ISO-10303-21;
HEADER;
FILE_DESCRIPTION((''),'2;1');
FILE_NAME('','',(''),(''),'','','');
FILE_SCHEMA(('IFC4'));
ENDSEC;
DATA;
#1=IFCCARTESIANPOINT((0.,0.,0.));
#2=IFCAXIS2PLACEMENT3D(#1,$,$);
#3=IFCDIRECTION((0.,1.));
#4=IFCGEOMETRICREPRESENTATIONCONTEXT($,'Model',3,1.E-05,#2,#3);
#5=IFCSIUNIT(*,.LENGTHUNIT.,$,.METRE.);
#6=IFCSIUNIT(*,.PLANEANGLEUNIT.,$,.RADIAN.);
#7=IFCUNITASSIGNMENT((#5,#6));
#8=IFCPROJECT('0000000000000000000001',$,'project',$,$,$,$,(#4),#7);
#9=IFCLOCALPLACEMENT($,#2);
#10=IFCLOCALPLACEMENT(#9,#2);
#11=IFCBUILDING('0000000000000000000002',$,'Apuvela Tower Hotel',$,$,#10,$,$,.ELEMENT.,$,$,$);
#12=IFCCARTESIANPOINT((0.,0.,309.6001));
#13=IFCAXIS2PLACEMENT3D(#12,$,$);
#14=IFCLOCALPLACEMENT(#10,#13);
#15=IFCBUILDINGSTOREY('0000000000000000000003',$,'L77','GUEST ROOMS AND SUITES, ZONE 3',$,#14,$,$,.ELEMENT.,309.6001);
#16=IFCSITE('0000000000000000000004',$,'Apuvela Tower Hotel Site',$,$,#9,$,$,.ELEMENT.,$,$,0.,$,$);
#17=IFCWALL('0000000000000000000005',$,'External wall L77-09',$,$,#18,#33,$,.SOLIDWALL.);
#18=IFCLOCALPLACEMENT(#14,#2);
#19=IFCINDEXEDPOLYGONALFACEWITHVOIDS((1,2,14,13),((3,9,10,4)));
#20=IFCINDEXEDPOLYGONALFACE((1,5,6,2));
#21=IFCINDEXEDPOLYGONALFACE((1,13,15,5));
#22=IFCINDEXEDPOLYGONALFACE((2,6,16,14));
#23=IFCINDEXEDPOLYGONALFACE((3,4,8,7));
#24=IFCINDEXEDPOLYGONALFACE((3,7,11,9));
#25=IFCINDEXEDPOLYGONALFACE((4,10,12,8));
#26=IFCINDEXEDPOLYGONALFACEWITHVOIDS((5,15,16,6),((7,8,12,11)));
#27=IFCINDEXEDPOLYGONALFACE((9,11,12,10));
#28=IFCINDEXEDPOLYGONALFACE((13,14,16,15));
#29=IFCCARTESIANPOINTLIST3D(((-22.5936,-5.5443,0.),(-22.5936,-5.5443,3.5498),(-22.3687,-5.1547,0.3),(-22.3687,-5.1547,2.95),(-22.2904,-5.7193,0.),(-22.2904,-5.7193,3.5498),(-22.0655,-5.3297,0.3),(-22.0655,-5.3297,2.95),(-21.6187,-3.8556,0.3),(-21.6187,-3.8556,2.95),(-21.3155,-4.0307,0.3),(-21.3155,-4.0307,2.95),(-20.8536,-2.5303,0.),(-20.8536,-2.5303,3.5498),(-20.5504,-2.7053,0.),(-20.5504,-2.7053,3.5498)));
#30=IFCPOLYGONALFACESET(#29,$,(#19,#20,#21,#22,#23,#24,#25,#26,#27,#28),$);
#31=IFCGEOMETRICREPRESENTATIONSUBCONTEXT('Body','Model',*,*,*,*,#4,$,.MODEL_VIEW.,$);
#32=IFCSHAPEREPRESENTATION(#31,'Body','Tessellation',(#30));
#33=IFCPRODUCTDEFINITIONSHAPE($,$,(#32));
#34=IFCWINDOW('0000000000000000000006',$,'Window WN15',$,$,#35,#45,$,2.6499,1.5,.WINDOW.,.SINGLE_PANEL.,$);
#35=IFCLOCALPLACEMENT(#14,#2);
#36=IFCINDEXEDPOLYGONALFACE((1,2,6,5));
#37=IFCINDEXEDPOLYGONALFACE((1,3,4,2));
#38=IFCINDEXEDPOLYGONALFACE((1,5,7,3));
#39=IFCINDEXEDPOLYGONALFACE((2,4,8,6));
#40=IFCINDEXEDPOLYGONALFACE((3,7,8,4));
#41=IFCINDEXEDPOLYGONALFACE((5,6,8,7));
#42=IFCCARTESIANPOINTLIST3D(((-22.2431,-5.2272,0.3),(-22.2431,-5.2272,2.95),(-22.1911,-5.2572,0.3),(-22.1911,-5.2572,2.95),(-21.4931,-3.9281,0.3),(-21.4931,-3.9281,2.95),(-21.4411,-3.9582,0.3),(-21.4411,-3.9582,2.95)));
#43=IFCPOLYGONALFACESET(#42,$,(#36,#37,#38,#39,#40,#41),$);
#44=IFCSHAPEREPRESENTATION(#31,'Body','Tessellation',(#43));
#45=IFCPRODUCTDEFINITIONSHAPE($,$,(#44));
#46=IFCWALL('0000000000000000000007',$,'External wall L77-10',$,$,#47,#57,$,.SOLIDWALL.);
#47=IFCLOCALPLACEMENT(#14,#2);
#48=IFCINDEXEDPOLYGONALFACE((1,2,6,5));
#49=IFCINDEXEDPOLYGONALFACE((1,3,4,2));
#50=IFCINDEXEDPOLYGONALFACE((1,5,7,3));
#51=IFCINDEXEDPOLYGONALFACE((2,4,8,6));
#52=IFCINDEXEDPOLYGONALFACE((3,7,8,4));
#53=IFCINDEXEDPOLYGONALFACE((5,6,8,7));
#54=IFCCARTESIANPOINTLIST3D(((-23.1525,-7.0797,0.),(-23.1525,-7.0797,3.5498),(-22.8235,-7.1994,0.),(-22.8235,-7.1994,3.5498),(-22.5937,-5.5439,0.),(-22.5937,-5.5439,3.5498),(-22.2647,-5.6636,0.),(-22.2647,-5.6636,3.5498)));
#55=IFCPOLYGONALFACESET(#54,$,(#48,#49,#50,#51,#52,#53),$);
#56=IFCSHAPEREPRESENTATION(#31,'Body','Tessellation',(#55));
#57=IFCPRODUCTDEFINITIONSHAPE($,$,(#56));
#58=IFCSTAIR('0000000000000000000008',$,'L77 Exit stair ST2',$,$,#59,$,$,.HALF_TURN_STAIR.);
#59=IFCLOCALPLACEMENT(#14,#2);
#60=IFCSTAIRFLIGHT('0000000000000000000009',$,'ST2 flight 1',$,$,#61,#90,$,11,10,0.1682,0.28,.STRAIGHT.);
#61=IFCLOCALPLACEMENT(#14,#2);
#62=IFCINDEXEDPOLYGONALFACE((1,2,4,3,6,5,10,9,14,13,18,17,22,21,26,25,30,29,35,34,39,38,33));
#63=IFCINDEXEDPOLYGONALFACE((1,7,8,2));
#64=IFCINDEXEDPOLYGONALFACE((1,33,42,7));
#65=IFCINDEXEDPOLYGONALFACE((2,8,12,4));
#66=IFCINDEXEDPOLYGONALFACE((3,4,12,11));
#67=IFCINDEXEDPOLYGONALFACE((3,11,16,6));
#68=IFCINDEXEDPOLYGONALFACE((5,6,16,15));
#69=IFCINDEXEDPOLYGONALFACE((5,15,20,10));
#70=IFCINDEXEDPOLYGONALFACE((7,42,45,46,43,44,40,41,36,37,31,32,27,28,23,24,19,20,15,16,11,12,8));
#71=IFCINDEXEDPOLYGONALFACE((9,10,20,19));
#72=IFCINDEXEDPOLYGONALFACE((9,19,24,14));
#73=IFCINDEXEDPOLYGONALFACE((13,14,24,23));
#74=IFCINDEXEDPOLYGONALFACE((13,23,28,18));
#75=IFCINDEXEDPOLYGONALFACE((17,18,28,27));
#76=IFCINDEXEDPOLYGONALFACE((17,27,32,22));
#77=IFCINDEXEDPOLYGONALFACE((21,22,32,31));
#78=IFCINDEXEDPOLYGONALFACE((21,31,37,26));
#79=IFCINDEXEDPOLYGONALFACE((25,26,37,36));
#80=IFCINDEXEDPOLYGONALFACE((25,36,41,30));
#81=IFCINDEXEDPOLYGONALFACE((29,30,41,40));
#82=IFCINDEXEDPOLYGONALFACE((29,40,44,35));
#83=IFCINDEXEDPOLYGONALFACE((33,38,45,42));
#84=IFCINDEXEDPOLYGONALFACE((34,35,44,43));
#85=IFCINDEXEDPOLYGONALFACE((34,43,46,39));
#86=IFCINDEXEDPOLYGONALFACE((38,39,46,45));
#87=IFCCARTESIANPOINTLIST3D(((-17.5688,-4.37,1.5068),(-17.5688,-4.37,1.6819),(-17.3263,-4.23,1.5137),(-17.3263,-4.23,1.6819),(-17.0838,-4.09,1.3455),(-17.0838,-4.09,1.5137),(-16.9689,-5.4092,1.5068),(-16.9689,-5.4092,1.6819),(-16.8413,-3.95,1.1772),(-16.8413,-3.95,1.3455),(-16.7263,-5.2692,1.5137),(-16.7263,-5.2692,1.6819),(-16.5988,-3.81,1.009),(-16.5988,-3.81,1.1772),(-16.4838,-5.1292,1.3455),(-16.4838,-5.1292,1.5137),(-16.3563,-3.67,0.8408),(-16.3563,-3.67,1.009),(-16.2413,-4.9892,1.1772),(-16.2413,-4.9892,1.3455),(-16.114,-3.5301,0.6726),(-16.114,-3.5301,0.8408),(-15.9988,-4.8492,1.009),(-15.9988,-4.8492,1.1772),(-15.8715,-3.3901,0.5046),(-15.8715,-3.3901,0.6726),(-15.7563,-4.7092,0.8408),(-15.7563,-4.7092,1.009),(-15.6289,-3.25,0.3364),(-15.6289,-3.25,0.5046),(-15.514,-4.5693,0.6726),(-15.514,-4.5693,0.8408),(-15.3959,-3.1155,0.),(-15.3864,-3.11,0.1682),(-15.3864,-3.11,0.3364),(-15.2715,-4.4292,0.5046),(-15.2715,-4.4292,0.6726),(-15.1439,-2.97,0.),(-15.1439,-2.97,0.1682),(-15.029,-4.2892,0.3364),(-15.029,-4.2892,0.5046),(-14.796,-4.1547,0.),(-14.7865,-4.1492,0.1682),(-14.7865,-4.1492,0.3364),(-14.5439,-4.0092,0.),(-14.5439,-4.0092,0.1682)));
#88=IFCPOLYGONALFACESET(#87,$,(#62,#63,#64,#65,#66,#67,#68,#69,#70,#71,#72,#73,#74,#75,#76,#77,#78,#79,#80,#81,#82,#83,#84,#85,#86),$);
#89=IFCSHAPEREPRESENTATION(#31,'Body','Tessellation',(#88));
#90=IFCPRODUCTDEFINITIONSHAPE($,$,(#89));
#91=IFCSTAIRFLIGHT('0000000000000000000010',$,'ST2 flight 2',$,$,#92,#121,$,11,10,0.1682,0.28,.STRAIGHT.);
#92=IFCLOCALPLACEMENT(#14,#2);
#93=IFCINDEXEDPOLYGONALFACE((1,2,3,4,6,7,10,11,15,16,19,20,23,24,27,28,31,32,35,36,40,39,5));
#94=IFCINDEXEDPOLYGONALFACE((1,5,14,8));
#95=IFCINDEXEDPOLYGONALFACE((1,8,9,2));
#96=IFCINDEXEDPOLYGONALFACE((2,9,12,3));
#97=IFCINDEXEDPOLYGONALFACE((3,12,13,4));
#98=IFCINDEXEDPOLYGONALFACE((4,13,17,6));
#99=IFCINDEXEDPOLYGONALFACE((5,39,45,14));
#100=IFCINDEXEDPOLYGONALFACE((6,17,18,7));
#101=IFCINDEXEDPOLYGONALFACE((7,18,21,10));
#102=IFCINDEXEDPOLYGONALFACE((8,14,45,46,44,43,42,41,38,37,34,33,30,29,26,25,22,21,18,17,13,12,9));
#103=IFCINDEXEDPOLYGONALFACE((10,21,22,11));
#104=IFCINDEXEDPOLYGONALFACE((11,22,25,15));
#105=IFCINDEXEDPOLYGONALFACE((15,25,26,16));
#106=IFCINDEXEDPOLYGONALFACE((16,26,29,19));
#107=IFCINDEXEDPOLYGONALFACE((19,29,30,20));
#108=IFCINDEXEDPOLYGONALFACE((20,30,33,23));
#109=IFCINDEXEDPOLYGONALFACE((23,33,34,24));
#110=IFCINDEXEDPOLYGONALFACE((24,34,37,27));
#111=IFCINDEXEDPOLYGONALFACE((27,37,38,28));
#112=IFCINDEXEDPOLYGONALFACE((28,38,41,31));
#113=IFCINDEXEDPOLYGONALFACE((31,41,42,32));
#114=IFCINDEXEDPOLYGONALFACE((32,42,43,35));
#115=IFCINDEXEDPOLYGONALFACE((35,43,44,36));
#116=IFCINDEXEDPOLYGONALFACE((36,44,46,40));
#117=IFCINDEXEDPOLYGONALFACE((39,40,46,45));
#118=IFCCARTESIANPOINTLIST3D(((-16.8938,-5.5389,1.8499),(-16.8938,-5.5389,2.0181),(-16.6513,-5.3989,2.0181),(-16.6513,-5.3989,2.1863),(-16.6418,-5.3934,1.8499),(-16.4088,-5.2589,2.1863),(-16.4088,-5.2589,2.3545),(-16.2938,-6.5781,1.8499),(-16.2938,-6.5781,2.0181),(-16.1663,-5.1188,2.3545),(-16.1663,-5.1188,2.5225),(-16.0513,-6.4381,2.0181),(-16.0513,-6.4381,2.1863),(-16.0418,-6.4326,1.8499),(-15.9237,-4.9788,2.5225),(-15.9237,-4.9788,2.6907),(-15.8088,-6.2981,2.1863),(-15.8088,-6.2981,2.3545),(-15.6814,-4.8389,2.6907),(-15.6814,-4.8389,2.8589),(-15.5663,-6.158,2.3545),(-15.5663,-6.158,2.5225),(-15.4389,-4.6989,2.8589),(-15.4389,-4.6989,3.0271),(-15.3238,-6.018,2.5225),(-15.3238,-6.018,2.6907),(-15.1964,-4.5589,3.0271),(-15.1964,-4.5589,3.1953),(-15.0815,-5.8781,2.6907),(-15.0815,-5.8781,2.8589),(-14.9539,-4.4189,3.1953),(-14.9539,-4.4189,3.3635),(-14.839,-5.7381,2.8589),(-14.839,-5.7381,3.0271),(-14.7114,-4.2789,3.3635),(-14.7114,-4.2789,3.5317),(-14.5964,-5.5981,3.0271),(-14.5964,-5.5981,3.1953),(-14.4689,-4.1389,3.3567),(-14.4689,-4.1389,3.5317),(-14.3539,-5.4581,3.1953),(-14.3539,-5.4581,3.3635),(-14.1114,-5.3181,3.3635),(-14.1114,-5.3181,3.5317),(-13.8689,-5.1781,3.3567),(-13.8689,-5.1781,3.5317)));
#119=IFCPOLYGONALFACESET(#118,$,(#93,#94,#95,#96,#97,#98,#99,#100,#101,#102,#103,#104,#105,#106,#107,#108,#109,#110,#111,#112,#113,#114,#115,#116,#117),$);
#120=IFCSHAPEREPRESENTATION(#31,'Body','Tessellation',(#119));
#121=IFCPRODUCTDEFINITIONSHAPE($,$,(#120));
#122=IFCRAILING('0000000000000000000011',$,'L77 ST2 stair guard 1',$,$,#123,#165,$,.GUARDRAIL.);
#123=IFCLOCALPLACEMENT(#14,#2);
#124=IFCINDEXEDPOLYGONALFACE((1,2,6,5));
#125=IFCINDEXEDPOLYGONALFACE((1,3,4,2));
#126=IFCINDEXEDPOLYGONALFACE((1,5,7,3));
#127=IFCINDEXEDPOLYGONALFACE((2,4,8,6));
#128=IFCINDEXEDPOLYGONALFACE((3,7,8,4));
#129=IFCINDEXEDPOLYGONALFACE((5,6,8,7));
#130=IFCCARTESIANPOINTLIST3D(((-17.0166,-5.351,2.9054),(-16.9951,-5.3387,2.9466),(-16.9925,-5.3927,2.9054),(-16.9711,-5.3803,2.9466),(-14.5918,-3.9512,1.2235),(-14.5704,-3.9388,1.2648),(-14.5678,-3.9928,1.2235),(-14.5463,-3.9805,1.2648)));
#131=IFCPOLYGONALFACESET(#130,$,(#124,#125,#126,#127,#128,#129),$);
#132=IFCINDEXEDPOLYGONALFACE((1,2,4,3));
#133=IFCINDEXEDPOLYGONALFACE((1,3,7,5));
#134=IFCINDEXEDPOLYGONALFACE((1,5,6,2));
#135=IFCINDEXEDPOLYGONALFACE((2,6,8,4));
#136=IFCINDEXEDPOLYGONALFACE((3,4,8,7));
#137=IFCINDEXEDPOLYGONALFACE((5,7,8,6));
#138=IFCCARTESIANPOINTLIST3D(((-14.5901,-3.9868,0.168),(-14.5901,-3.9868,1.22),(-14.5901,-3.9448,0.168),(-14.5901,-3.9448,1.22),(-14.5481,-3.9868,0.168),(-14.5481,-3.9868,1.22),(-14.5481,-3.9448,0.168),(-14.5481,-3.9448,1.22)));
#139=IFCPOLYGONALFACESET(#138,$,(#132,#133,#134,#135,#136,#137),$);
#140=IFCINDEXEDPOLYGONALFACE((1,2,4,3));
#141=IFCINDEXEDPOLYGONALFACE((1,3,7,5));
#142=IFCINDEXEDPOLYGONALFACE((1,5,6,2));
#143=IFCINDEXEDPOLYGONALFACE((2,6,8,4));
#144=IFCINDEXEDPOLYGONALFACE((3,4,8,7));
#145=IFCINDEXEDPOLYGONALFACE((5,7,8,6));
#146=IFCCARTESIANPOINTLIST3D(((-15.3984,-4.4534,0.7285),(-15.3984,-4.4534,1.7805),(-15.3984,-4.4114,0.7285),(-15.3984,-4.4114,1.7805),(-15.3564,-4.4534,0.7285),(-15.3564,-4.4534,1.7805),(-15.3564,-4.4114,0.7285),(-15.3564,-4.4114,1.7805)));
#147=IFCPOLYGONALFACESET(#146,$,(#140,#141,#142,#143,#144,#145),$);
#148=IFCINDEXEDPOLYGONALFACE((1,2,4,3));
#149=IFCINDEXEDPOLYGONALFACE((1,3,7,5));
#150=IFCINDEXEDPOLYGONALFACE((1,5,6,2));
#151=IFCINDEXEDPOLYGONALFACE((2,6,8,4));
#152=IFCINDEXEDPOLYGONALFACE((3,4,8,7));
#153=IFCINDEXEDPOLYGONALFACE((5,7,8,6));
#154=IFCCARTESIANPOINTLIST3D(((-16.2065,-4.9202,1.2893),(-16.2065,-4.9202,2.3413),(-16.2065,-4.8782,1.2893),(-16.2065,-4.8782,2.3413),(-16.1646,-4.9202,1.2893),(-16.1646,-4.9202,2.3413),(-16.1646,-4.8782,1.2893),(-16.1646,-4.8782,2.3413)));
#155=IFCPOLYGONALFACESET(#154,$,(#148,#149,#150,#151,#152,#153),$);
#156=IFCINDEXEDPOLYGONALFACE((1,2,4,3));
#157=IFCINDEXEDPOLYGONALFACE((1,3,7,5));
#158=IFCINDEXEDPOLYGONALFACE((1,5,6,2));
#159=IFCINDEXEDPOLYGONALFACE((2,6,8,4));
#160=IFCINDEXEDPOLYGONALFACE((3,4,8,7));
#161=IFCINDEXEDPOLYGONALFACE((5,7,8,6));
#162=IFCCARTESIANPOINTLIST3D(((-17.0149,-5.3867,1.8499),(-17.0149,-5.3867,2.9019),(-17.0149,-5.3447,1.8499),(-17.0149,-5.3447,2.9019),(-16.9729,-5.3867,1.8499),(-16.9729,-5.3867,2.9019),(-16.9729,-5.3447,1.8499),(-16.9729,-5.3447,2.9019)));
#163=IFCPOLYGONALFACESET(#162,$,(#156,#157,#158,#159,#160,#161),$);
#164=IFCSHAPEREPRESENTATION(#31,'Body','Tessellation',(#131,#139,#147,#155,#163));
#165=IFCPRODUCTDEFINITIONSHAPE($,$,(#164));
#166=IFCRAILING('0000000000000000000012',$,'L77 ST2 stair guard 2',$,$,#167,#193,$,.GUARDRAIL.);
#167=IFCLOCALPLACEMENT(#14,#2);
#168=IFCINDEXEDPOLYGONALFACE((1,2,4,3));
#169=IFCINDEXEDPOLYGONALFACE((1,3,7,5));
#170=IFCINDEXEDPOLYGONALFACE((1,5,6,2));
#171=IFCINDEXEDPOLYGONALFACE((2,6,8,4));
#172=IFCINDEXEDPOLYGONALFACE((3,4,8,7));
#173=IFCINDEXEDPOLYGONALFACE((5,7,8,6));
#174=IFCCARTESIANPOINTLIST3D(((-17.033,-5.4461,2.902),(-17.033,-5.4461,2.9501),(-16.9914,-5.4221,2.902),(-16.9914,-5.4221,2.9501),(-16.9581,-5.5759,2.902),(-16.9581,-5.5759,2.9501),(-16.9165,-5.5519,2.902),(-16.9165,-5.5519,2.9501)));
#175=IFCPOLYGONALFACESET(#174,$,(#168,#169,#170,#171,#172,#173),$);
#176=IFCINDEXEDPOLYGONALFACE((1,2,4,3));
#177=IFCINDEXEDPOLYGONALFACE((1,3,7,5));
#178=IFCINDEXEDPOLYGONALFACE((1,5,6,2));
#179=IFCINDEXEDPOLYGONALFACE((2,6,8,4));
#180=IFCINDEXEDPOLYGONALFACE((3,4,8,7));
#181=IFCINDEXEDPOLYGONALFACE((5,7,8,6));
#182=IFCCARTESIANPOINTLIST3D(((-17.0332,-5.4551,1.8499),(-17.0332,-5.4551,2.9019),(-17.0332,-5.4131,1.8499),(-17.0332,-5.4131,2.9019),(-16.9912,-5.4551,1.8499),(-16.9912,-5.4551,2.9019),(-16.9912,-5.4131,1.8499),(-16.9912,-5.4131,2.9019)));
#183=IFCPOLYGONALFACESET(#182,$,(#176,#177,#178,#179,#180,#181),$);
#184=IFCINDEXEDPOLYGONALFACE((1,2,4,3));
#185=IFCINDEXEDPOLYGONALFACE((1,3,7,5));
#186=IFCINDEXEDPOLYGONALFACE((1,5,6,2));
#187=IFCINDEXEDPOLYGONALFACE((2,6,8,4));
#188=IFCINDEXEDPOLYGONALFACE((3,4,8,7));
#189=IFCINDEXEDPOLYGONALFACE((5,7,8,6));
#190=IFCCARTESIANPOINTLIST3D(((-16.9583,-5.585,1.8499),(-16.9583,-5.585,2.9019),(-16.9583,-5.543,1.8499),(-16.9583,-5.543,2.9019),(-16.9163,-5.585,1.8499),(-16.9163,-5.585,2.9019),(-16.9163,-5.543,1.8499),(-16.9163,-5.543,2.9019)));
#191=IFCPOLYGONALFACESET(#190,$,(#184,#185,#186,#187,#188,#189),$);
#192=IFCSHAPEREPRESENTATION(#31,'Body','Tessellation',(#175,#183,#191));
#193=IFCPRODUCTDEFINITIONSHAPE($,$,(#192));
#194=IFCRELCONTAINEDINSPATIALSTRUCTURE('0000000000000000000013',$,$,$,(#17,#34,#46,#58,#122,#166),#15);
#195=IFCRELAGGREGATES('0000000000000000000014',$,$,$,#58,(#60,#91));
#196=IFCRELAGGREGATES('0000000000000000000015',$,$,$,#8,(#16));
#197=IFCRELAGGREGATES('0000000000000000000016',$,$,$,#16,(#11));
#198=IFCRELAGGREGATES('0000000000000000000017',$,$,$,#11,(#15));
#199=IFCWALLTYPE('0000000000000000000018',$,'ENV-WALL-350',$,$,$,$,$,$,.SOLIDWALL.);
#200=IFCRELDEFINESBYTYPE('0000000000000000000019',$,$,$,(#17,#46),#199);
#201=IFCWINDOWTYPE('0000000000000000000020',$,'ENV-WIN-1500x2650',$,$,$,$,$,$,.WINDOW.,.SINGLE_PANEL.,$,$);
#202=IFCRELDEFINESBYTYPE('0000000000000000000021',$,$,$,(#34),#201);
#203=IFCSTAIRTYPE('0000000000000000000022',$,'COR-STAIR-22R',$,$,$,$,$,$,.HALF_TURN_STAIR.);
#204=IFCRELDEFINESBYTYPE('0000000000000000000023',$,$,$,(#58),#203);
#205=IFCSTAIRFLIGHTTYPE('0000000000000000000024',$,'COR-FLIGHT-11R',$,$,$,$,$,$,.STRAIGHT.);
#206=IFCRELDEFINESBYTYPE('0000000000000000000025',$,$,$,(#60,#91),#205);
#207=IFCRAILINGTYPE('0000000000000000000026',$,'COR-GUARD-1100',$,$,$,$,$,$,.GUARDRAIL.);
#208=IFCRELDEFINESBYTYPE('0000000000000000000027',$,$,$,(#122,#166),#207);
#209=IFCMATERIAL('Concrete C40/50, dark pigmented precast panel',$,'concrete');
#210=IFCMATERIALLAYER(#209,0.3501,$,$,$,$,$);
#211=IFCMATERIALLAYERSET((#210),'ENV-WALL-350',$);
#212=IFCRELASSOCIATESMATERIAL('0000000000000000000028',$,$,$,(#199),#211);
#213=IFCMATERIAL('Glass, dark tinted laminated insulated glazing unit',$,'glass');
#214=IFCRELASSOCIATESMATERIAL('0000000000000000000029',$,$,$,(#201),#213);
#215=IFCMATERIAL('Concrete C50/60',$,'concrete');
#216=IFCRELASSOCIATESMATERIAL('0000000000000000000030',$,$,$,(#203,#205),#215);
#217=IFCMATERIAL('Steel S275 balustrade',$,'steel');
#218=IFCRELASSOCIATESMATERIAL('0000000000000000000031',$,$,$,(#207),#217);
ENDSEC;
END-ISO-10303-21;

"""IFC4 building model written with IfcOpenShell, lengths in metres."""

from ifc_helpers import new_model, si_unit, direction, frame, frame_2d, origin, origin_2d, place, context, subcontext, project, spatial, polyline, rectangle, outline, extrude, material, layer, layer_set, type_object, element, fill, aggregate, save


model = new_model("IFC4")

# Units and contexts
model_context = context("Model", 3, precision=1e-05, world=origin(), true_north=direction((0.0, 1.0)))
body_context = subcontext(model_context, "Body", "Model", "MODEL_VIEW")
ifc_project = project(units=[si_unit("LENGTHUNIT", "METRE"), si_unit("PLANEANGLEUNIT", "RADIAN")], contexts=[model_context])

# Site, building, storey
site_placement = place(None, origin())
site = spatial("IfcSite", under=ifc_project, at=site_placement, Name="Apuvela Tower Hotel Site", CompositionType="ELEMENT", RefElevation=0.0)
building_placement = place(site_placement, origin())
building = spatial("IfcBuilding", under=site, at=building_placement, Name="Apuvela Tower Hotel", CompositionType="ELEMENT")
storey_placement = place(building_placement, frame((0.0, 0.0, 309.6001)))
storey = spatial("IfcBuildingStorey", under=building, at=storey_placement, Name="L77", Description="GUEST ROOMS AND SUITES, ZONE 3", CompositionType="ELEMENT", Elevation=309.6001)

# Shared definitions
ifc_material_1 = material(Name="Concrete C50/60", Category="concrete")

# Shared definitions
ifc_material_2 = material(Name="Concrete C40/50, dark pigmented precast panel", Category="concrete")
ifc_layer_1 = layer(ifc_material_2, 0.3501)
ifc_layer_set_1 = layer_set([ifc_layer_1], Name="ENV-WALL-350")
wall_type_1 = type_object("IfcWallType", Name="ENV-WALL-350", PredefinedType="SOLIDWALL", material=ifc_layer_set_1)

# Wall, opening, window
wall_1_placement = place(storey_placement, frame((-20.7019, -2.6177, 0.0), z_axis=(0.0, 0.0, 1.0), x_axis=(-0.49998, -0.866037, 0.0)))
wall_1 = element("IfcWall", 1, at=wall_1_placement, inside=storey, type_object=wall_type_1, Name="External wall L77-09", PredefinedType="SOLIDWALL", context=body_context, shape_type="SweptSolid", body=[
    extrude(rectangle(XDim=3.4802, YDim=0.3501, at=frame_2d((1.7402, 0.0))), origin(), (0.0, 0.0, 1.0), 3.5498),
])
opening_1_placement = place(wall_1_placement, frame((1.5305, 0.0, 0.3)))
opening_1 = element("IfcOpeningElement", 2, at=opening_1_placement, cuts=wall_1, PredefinedType="OPENING", context=body_context, shape_type="SweptSolid", body=[
    extrude(rectangle(XDim=1.5, YDim=2.6499, at=frame_2d((0.75, 1.325))), frame((0.0, 0.1851, 0.0), z_axis=(0.0, -1.0, 0.0), x_axis=(1.0, 0.0, 0.0)), (0.0, 0.0, 1.0), 0.3701),
])
ifc_material_3 = material(Name="Glass, dark tinted laminated insulated glazing unit", Category="glass")
window_type = type_object("IfcWindowType", Name="ENV-WIN-1500x2650", PartitioningType="SINGLE_PANEL", PredefinedType="WINDOW", material=ifc_material_3)
window_placement = place(opening_1_placement, origin())
window = element("IfcWindow", 3, at=window_placement, inside=storey, type_object=window_type, Name="Window WN15", OverallHeight=2.6499, OverallWidth=1.5, PartitioningType="SINGLE_PANEL", PredefinedType="WINDOW", context=body_context, shape_type="SweptSolid", body=[
    extrude(rectangle(XDim=1.5, YDim=2.6499, at=frame_2d((0.75, 1.325))), frame((0.0, 0.03, 0.0), z_axis=(0.0, -1.0, 0.0), x_axis=(1.0, 0.0, 0.0)), (0.0, 0.0, 1.0), 0.0601),
])
fill(opening_1, window)

# Wall
wall_2_placement = place(storey_placement, frame((-22.4292, -5.6038, 0.0), z_axis=(0.0, 0.0, 1.0), x_axis=(-0.341923, -0.939728, 0.0)))
element("IfcWall", 4, at=wall_2_placement, inside=storey, type_object=wall_type_1, Name="External wall L77-10", PredefinedType="SOLIDWALL", context=body_context, shape_type="SweptSolid", body=[
    extrude(rectangle(XDim=1.6343, YDim=0.3501, at=frame_2d((0.8171, 0.0))), origin(), (0.0, 0.0, 1.0), 3.5498),
])

# Stair, stair flights
stair_type = type_object("IfcStairType", Name="COR-STAIR-22R", PredefinedType="HALF_TURN_STAIR", material=ifc_material_1)
stair_placement = place(storey_placement, origin())
stair = element("IfcStair", 5, at=stair_placement, inside=storey, type_object=stair_type, Name="L77 Exit stair ST2", PredefinedType="HALF_TURN_STAIR")
stair_flight_type = type_object("IfcStairFlightType", Name="COR-FLIGHT-11R", PredefinedType="STRAIGHT", material=ifc_material_1)
stair_flight_1_placement = place(storey_placement, frame((-14.844, -3.4895, 0.0), z_axis=(0.0, 0.0, 1.0), x_axis=(-0.866025, -0.5, 0.0)))
stair_flight_1 = element("IfcStairFlight", 6, at=stair_flight_1_placement, type_object=stair_flight_type, Name="ST2 flight 1", NumberOfRisers=11, NumberOfTreads=10, PredefinedType="STRAIGHT", RiserHeight=0.1682, TreadLength=0.28, context=body_context, shape_type="SweptSolid", body=[
    extrude(outline(polyline([(0.0, 0.0), (0.0, 0.1682), (0.28, 0.1682), (0.28, 0.3364), (0.5601, 0.3364), (0.5601, 0.5046), (0.8401, 0.5046), (0.8401, 0.6726), (1.1201, 0.6726), (1.1201, 0.8408), (1.3999, 0.8408), (1.3999, 1.009), (1.6799, 1.009), (1.6799, 1.1772), (1.96, 1.1772), (1.96, 1.3455), (2.24, 1.3455), (2.24, 1.5137), (2.52, 1.5137), (2.52, 1.6819), (2.8, 1.6819), (2.8, 1.8501), (2.8, 1.5068), (0.291, 0.0), (0.0, 0.0)])), frame((0.0, 0.6001, 0.0), z_axis=(0.0, -1.0, 0.0), x_axis=(1.0, 0.0, 0.0)), (0.0, 0.0, 1.0), 1.2),
])
stair_flight_2_placement = place(storey_placement, frame((-16.5938, -6.0586, 1.8499), z_axis=(0.0, 0.0, 1.0), x_axis=(0.866025, 0.5, 0.0)))
stair_flight_2 = element("IfcStairFlight", 7, at=stair_flight_2_placement, type_object=stair_flight_type, Name="ST2 flight 2", NumberOfRisers=11, NumberOfTreads=10, PredefinedType="STRAIGHT", RiserHeight=0.1682, TreadLength=0.28, context=body_context, shape_type="SweptSolid", body=[
    extrude(outline(polyline([(0.0, 0.0), (0.0, 0.1682), (0.28, 0.1682), (0.28, 0.3364), (0.5601, 0.3364), (0.5601, 0.5046), (0.8401, 0.5046), (0.8401, 0.6726), (1.1201, 0.6726), (1.1201, 0.8408), (1.3999, 0.8408), (1.3999, 1.009), (1.6799, 1.009), (1.6799, 1.1772), (1.96, 1.1772), (1.96, 1.3455), (2.24, 1.3455), (2.24, 1.5137), (2.52, 1.5137), (2.52, 1.6819), (2.8, 1.6819), (2.8, 1.8501), (2.8, 1.5068), (0.291, 0.0), (0.0, 0.0)])), frame((0.0, 0.6001, 0.0), z_axis=(0.0, -1.0, 0.0), x_axis=(1.0, 0.0, 0.0)), (0.0, 0.0, 1.0), 1.2),
])
aggregate(stair, [stair_flight_1, stair_flight_2])

# Railings
ifc_material_4 = material(Name="Steel S275 balustrade", Category="steel")
railing_type_1 = type_object("IfcRailingType", Name="COR-GUARD-1100", PredefinedType="GUARDRAIL", material=ifc_material_4)
railing_1_placement = place(storey_placement, frame((-14.5691, -3.9658, 0.168)))
element("IfcRailing", 8, at=railing_1_placement, inside=storey, type_object=railing_type_1, Name="L77 ST2 stair guard 1", PredefinedType="GUARDRAIL", context=body_context, shape_type="SweptSolid", body=[
    extrude(rectangle(XDim=0.0481, YDim=0.0481, at=origin_2d()), frame((0.0, 0.0, 1.0762), z_axis=(-0.74239, -0.428601, 0.514934), x_axis=(0.499984, -0.866035, 0.0)), (0.0, 0.0, 1.0), 3.2661),
    extrude(rectangle(XDim=0.042, YDim=0.042, at=origin_2d()), origin(), (0.0, 0.0, 1.0), 1.052),
    extrude(rectangle(XDim=0.042, YDim=0.042, at=origin_2d()), frame((-0.8083, -0.4666, 0.5605)), (0.0, 0.0, 1.0), 1.052),
    extrude(rectangle(XDim=0.042, YDim=0.042, at=origin_2d()), frame((-1.6165, -0.9333, 1.1213)), (0.0, 0.0, 1.0), 1.052),
    extrude(rectangle(XDim=0.042, YDim=0.042, at=origin_2d()), frame((-2.4248, -1.3999, 1.6819)), (0.0, 0.0, 1.0), 1.052),
])
railing_2_placement = place(storey_placement, frame((-17.0122, -5.4341, 1.8499)))
element("IfcRailing", 9, at=railing_2_placement, inside=storey, type_object=railing_type_1, Name="L77 ST2 stair guard 2", PredefinedType="GUARDRAIL", context=body_context, shape_type="SweptSolid", body=[
    extrude(rectangle(XDim=0.0481, YDim=0.0481, at=origin_2d()), frame((0.0, 0.0, 1.0762), z_axis=(0.499816, -0.866131, 0.0), x_axis=(0.866131, 0.499816, 0.0)), (0.0, 0.0, 1.0), 0.1499),
    extrude(rectangle(XDim=0.042, YDim=0.042, at=origin_2d()), origin(), (0.0, 0.0, 1.0), 1.052),
    extrude(rectangle(XDim=0.042, YDim=0.042, at=origin_2d()), frame((0.075, -0.1299, 0.0)), (0.0, 0.0, 1.0), 1.052),
])

save(model, "model.ifc")
